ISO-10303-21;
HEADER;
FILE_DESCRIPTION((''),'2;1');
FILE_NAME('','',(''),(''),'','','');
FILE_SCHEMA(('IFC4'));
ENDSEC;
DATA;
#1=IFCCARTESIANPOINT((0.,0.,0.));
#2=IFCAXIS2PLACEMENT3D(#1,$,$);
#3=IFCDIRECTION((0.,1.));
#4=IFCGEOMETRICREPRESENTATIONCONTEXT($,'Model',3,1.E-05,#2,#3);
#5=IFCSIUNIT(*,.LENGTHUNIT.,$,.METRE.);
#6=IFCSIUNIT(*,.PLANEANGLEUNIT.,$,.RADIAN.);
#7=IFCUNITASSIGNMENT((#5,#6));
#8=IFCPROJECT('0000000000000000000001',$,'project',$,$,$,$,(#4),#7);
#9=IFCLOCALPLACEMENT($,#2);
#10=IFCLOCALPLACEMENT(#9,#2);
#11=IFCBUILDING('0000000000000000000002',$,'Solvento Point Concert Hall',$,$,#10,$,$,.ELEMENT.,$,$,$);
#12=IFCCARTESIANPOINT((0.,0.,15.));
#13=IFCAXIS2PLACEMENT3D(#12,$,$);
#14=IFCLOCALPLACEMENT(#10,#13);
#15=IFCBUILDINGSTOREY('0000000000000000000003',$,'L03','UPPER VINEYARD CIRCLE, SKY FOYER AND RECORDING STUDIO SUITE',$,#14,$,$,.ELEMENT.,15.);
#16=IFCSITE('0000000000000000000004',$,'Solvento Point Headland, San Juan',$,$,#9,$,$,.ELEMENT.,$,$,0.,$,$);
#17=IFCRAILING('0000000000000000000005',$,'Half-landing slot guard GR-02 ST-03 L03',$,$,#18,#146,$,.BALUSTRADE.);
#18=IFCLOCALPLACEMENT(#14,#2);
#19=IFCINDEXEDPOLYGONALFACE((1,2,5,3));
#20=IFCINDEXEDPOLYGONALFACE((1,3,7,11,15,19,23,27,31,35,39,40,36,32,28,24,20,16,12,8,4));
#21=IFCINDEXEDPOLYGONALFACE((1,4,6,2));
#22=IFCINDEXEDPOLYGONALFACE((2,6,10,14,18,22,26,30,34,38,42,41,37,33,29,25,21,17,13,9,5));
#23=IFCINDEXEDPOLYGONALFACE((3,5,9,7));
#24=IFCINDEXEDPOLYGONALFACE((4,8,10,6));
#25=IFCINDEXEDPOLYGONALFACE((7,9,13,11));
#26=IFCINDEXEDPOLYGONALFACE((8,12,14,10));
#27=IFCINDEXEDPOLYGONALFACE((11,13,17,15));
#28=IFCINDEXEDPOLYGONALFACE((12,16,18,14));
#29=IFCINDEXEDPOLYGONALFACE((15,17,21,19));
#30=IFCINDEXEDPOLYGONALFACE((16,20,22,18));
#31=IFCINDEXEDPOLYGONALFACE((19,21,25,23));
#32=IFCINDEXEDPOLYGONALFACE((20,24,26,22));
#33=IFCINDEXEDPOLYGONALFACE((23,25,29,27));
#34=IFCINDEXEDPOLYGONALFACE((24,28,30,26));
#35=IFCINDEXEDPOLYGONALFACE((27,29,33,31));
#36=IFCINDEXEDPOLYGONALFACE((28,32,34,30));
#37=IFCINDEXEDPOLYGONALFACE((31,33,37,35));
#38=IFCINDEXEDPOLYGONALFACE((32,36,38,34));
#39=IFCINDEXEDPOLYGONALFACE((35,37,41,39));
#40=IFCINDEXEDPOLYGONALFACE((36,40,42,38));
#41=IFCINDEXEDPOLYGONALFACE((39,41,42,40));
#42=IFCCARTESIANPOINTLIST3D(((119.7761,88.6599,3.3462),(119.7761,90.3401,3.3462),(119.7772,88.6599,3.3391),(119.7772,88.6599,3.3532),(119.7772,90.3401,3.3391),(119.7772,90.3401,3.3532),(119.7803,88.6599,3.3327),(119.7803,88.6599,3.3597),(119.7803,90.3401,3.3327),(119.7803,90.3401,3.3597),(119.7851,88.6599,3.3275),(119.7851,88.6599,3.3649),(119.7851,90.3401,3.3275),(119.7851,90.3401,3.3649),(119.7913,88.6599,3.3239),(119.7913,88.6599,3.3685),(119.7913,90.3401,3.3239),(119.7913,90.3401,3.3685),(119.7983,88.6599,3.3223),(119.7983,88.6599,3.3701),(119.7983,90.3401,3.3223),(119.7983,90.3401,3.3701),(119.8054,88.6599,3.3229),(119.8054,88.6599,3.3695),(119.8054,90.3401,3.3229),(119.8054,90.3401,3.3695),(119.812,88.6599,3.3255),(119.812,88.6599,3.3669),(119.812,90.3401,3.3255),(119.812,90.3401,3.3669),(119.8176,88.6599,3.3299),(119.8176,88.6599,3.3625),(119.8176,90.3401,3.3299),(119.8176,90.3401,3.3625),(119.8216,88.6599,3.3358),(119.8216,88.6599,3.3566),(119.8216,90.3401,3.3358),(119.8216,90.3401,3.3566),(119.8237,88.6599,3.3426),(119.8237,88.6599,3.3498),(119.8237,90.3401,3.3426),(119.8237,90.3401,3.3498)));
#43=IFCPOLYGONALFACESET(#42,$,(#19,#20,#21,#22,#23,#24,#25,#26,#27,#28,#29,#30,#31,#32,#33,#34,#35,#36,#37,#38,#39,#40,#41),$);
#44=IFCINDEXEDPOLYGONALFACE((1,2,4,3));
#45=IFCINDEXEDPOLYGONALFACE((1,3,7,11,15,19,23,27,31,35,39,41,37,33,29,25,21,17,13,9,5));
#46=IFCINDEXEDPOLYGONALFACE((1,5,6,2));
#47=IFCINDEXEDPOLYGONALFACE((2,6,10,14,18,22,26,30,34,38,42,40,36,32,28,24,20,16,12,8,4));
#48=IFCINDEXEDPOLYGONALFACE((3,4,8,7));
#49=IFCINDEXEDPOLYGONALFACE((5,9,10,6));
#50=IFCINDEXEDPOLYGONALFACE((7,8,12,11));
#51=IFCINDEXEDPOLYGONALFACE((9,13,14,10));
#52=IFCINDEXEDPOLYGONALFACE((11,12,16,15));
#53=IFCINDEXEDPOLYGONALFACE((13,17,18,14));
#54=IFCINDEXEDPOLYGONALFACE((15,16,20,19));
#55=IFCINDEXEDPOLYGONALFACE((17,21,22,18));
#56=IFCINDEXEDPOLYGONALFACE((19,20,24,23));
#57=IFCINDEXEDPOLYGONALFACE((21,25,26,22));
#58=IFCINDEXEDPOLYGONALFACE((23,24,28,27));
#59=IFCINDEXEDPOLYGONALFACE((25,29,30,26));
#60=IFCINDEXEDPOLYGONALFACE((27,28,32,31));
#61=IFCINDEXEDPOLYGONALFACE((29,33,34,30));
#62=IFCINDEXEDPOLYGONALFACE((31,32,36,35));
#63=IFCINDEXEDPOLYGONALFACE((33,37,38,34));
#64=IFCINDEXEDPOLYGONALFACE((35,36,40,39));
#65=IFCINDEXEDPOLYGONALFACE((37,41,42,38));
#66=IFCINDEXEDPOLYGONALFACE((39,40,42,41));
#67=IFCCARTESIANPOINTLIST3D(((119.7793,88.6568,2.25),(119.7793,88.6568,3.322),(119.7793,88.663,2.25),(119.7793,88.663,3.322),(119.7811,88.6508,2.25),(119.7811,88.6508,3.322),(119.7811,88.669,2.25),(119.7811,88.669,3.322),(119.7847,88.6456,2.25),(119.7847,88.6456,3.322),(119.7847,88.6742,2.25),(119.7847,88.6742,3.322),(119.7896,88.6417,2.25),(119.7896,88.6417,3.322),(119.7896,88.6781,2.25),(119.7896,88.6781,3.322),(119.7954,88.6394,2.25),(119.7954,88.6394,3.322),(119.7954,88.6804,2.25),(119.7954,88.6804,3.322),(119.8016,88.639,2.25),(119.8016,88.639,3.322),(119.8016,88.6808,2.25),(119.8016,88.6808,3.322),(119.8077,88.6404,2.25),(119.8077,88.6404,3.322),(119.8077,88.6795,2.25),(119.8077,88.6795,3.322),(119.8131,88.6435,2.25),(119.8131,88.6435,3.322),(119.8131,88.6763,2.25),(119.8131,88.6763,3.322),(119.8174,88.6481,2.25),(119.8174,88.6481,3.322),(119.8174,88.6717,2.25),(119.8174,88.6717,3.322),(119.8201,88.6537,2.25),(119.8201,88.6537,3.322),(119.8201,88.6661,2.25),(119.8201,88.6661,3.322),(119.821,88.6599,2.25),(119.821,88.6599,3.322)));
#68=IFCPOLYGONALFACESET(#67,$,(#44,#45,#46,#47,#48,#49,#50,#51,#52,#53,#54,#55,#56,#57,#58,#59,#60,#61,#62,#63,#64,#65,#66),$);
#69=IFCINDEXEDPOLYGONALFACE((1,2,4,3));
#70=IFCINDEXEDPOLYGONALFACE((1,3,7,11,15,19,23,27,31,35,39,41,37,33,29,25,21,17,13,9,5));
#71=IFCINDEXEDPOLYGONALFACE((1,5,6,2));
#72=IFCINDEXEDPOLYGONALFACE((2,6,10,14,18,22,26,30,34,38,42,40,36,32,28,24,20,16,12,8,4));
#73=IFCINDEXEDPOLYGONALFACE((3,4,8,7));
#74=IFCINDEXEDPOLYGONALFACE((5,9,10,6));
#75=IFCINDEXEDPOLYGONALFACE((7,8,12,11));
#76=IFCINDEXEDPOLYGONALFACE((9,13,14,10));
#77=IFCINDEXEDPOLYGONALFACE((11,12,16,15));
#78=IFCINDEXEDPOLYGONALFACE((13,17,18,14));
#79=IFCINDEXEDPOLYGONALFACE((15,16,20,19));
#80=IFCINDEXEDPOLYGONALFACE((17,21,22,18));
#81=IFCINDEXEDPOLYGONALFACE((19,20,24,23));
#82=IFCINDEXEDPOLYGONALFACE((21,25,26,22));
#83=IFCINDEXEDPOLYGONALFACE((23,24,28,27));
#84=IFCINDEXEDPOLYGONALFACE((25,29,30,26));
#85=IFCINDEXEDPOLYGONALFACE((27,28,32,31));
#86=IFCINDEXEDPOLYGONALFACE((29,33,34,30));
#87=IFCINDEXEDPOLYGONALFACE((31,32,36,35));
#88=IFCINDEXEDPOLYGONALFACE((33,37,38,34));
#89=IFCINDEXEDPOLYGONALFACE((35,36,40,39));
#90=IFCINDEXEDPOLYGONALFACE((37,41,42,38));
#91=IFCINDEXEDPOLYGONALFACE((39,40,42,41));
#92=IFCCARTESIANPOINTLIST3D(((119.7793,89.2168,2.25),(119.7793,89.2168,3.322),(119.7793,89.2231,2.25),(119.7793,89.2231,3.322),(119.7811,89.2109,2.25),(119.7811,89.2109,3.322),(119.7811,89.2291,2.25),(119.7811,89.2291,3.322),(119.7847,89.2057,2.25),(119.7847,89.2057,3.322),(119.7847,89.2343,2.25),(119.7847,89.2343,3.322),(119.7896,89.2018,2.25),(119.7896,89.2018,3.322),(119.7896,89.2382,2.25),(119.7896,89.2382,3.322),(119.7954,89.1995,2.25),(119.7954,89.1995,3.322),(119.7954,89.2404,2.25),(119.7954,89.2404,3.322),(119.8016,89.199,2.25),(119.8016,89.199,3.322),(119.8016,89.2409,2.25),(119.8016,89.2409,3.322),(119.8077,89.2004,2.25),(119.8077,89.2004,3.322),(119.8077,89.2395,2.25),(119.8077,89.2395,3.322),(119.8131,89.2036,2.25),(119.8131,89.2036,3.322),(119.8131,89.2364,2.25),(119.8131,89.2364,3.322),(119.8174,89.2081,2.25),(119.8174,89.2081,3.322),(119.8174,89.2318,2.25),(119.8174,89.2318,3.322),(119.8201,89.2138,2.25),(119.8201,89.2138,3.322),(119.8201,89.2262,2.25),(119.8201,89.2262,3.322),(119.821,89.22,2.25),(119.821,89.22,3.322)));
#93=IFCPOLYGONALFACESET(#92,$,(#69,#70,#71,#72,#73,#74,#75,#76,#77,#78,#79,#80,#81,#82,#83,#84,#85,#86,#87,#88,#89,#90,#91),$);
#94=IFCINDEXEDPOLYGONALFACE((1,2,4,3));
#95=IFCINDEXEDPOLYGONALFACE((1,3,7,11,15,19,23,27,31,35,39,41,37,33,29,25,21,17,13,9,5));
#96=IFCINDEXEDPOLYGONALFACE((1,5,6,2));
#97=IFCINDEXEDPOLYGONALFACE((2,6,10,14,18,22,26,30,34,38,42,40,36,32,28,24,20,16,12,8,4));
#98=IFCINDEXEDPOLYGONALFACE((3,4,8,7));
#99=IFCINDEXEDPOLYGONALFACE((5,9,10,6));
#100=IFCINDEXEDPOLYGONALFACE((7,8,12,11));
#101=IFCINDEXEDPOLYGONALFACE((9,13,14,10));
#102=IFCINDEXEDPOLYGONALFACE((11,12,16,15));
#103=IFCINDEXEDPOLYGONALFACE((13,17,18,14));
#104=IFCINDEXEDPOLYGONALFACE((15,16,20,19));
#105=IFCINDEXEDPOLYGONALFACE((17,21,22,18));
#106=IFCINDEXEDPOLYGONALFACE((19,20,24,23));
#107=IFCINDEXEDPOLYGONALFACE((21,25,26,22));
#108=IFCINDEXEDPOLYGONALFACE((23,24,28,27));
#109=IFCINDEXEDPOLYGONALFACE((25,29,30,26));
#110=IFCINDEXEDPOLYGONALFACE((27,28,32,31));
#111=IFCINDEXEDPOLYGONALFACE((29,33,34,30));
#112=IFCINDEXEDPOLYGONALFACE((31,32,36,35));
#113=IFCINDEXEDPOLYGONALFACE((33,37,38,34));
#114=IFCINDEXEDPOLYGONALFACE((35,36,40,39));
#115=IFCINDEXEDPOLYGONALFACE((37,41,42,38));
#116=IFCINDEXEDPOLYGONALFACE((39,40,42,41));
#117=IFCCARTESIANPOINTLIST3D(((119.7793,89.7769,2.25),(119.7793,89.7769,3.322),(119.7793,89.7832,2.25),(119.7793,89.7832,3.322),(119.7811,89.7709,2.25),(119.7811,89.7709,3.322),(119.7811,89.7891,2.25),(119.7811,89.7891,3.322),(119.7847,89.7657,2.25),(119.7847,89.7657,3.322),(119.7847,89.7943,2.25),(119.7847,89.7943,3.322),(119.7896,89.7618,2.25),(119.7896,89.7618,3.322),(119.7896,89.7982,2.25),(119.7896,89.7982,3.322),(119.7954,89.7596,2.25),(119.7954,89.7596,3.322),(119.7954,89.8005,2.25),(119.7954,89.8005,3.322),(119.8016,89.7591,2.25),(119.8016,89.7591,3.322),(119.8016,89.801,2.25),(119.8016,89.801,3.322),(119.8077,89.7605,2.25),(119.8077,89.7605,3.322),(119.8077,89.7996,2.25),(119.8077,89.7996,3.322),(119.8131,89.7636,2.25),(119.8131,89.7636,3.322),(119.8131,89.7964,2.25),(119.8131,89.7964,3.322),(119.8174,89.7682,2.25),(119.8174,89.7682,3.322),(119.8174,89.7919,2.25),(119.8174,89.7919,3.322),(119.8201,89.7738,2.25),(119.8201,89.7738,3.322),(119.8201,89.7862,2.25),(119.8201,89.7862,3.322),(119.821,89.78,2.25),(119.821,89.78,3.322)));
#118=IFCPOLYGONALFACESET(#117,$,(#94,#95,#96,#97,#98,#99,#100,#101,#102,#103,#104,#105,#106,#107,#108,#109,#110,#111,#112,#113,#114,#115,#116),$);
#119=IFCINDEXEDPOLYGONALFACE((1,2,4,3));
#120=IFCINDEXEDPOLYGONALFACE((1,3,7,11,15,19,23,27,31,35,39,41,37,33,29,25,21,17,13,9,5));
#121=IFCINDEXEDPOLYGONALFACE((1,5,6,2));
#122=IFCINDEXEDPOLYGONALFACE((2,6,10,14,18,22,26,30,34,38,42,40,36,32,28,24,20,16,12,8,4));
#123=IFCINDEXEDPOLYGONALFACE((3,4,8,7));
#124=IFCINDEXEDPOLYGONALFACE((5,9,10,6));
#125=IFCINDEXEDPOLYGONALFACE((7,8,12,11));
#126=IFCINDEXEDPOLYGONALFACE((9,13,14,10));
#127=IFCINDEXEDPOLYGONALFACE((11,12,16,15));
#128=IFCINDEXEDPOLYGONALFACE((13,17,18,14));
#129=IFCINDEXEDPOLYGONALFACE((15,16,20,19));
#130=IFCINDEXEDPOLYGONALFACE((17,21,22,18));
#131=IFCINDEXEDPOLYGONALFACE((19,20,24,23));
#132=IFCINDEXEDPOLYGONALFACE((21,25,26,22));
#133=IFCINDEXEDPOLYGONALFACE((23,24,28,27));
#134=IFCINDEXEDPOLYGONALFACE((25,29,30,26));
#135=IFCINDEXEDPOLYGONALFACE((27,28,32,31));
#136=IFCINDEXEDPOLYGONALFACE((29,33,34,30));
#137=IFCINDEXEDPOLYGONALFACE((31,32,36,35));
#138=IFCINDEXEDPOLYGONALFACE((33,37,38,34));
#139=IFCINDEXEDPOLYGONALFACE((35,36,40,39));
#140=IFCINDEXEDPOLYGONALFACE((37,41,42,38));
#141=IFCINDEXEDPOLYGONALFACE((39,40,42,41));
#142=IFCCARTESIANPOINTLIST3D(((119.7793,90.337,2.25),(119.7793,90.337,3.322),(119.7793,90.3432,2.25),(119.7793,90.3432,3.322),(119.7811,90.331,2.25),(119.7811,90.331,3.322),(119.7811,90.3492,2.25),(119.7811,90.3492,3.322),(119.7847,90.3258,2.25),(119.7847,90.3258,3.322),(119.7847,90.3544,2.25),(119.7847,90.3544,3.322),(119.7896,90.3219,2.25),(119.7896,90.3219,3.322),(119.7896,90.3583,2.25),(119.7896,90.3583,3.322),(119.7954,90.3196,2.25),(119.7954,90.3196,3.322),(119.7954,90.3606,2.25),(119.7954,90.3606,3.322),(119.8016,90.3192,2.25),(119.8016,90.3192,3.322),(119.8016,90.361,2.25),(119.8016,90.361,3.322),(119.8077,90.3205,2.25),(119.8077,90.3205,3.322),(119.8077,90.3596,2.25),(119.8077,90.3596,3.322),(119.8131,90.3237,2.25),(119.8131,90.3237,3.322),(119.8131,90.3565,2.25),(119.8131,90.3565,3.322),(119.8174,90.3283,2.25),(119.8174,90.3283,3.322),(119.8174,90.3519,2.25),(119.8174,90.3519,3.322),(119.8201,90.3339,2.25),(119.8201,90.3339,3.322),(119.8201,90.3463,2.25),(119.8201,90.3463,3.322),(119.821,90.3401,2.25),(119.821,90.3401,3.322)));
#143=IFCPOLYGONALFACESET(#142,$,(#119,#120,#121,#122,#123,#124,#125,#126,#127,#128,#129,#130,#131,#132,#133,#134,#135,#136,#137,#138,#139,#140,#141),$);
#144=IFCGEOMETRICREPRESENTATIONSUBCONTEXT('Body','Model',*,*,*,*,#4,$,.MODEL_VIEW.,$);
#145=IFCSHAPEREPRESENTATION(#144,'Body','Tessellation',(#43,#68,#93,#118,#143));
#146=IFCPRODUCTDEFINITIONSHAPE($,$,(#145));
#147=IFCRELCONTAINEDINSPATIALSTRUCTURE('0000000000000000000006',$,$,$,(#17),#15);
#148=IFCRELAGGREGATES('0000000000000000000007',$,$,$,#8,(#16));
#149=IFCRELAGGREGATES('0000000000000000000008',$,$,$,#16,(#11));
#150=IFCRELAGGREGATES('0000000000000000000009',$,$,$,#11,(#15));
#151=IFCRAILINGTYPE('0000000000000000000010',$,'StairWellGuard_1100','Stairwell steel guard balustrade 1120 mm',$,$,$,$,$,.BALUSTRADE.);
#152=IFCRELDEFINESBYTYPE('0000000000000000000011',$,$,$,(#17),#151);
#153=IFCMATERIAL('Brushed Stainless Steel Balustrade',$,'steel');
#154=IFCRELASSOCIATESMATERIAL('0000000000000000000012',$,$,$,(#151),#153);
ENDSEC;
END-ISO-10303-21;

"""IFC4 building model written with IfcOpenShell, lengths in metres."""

from ifc_helpers import new_model, si_unit, direction, frame, origin, origin_2d, place, context, subcontext, project, spatial, circle, extrude, material, type_object, element, save


model = new_model("IFC4")

# Units and contexts
model_context = context("Model", 3, precision=1e-05, world=origin(), true_north=direction((0.0, 1.0)))
body_context = subcontext(model_context, "Body", "Model", "MODEL_VIEW")
ifc_project = project(units=[si_unit("LENGTHUNIT", "METRE"), si_unit("PLANEANGLEUNIT", "RADIAN")], contexts=[model_context])

# Site, building, storey
site_placement = place(None, origin())
site = spatial("IfcSite", under=ifc_project, at=site_placement, Name="Solvento Point Headland, San Juan", CompositionType="ELEMENT", RefElevation=0.0)
building_placement = place(site_placement, origin())
building = spatial("IfcBuilding", under=site, at=building_placement, Name="Solvento Point Concert Hall", CompositionType="ELEMENT")
storey_placement = place(building_placement, frame((0.0, 0.0, 15.0)))
storey = spatial("IfcBuildingStorey", under=building, at=storey_placement, Name="L03", Description="UPPER VINEYARD CIRCLE, SKY FOYER AND RECORDING STUDIO SUITE", CompositionType="ELEMENT", Elevation=15.0)

# Railing
ifc_material_1 = material(Name="Brushed Stainless Steel Balustrade", Category="steel")
railing_type_1 = type_object("IfcRailingType", Name="StairWellGuard_1100", Description="Stairwell steel guard balustrade 1120 mm", PredefinedType="BALUSTRADE", material=ifc_material_1)
railing_1_placement = place(storey_placement, frame((119.8, 88.6599, 2.25)))
element("IfcRailing", 1, at=railing_1_placement, inside=storey, type_object=railing_type_1, Name="Half-landing slot guard GR-02 ST-03 L03", PredefinedType="BALUSTRADE", context=body_context, shape_type="SweptSolid", body=[
    extrude(circle(Radius=0.0239, at=origin_2d()), frame((0.0, 0.0, 1.0962), z_axis=(0.0, 1.0, 0.0), x_axis=(-1.0, 0.0, 0.0)), (0.0, 0.0, 1.0), 1.6802),
    extrude(circle(Radius=0.021, at=origin_2d()), origin(), (0.0, 0.0, 1.0), 1.072),
    extrude(circle(Radius=0.021, at=origin_2d()), frame((0.0, 0.5601, 0.0)), (0.0, 0.0, 1.0), 1.072),
    extrude(circle(Radius=0.021, at=origin_2d()), frame((0.0, 1.1201, 0.0)), (0.0, 0.0, 1.0), 1.072),
    extrude(circle(Radius=0.021, at=origin_2d()), frame((0.0, 1.6802, 0.0)), (0.0, 0.0, 1.0), 1.072),
])

save(model, "model.ifc")
